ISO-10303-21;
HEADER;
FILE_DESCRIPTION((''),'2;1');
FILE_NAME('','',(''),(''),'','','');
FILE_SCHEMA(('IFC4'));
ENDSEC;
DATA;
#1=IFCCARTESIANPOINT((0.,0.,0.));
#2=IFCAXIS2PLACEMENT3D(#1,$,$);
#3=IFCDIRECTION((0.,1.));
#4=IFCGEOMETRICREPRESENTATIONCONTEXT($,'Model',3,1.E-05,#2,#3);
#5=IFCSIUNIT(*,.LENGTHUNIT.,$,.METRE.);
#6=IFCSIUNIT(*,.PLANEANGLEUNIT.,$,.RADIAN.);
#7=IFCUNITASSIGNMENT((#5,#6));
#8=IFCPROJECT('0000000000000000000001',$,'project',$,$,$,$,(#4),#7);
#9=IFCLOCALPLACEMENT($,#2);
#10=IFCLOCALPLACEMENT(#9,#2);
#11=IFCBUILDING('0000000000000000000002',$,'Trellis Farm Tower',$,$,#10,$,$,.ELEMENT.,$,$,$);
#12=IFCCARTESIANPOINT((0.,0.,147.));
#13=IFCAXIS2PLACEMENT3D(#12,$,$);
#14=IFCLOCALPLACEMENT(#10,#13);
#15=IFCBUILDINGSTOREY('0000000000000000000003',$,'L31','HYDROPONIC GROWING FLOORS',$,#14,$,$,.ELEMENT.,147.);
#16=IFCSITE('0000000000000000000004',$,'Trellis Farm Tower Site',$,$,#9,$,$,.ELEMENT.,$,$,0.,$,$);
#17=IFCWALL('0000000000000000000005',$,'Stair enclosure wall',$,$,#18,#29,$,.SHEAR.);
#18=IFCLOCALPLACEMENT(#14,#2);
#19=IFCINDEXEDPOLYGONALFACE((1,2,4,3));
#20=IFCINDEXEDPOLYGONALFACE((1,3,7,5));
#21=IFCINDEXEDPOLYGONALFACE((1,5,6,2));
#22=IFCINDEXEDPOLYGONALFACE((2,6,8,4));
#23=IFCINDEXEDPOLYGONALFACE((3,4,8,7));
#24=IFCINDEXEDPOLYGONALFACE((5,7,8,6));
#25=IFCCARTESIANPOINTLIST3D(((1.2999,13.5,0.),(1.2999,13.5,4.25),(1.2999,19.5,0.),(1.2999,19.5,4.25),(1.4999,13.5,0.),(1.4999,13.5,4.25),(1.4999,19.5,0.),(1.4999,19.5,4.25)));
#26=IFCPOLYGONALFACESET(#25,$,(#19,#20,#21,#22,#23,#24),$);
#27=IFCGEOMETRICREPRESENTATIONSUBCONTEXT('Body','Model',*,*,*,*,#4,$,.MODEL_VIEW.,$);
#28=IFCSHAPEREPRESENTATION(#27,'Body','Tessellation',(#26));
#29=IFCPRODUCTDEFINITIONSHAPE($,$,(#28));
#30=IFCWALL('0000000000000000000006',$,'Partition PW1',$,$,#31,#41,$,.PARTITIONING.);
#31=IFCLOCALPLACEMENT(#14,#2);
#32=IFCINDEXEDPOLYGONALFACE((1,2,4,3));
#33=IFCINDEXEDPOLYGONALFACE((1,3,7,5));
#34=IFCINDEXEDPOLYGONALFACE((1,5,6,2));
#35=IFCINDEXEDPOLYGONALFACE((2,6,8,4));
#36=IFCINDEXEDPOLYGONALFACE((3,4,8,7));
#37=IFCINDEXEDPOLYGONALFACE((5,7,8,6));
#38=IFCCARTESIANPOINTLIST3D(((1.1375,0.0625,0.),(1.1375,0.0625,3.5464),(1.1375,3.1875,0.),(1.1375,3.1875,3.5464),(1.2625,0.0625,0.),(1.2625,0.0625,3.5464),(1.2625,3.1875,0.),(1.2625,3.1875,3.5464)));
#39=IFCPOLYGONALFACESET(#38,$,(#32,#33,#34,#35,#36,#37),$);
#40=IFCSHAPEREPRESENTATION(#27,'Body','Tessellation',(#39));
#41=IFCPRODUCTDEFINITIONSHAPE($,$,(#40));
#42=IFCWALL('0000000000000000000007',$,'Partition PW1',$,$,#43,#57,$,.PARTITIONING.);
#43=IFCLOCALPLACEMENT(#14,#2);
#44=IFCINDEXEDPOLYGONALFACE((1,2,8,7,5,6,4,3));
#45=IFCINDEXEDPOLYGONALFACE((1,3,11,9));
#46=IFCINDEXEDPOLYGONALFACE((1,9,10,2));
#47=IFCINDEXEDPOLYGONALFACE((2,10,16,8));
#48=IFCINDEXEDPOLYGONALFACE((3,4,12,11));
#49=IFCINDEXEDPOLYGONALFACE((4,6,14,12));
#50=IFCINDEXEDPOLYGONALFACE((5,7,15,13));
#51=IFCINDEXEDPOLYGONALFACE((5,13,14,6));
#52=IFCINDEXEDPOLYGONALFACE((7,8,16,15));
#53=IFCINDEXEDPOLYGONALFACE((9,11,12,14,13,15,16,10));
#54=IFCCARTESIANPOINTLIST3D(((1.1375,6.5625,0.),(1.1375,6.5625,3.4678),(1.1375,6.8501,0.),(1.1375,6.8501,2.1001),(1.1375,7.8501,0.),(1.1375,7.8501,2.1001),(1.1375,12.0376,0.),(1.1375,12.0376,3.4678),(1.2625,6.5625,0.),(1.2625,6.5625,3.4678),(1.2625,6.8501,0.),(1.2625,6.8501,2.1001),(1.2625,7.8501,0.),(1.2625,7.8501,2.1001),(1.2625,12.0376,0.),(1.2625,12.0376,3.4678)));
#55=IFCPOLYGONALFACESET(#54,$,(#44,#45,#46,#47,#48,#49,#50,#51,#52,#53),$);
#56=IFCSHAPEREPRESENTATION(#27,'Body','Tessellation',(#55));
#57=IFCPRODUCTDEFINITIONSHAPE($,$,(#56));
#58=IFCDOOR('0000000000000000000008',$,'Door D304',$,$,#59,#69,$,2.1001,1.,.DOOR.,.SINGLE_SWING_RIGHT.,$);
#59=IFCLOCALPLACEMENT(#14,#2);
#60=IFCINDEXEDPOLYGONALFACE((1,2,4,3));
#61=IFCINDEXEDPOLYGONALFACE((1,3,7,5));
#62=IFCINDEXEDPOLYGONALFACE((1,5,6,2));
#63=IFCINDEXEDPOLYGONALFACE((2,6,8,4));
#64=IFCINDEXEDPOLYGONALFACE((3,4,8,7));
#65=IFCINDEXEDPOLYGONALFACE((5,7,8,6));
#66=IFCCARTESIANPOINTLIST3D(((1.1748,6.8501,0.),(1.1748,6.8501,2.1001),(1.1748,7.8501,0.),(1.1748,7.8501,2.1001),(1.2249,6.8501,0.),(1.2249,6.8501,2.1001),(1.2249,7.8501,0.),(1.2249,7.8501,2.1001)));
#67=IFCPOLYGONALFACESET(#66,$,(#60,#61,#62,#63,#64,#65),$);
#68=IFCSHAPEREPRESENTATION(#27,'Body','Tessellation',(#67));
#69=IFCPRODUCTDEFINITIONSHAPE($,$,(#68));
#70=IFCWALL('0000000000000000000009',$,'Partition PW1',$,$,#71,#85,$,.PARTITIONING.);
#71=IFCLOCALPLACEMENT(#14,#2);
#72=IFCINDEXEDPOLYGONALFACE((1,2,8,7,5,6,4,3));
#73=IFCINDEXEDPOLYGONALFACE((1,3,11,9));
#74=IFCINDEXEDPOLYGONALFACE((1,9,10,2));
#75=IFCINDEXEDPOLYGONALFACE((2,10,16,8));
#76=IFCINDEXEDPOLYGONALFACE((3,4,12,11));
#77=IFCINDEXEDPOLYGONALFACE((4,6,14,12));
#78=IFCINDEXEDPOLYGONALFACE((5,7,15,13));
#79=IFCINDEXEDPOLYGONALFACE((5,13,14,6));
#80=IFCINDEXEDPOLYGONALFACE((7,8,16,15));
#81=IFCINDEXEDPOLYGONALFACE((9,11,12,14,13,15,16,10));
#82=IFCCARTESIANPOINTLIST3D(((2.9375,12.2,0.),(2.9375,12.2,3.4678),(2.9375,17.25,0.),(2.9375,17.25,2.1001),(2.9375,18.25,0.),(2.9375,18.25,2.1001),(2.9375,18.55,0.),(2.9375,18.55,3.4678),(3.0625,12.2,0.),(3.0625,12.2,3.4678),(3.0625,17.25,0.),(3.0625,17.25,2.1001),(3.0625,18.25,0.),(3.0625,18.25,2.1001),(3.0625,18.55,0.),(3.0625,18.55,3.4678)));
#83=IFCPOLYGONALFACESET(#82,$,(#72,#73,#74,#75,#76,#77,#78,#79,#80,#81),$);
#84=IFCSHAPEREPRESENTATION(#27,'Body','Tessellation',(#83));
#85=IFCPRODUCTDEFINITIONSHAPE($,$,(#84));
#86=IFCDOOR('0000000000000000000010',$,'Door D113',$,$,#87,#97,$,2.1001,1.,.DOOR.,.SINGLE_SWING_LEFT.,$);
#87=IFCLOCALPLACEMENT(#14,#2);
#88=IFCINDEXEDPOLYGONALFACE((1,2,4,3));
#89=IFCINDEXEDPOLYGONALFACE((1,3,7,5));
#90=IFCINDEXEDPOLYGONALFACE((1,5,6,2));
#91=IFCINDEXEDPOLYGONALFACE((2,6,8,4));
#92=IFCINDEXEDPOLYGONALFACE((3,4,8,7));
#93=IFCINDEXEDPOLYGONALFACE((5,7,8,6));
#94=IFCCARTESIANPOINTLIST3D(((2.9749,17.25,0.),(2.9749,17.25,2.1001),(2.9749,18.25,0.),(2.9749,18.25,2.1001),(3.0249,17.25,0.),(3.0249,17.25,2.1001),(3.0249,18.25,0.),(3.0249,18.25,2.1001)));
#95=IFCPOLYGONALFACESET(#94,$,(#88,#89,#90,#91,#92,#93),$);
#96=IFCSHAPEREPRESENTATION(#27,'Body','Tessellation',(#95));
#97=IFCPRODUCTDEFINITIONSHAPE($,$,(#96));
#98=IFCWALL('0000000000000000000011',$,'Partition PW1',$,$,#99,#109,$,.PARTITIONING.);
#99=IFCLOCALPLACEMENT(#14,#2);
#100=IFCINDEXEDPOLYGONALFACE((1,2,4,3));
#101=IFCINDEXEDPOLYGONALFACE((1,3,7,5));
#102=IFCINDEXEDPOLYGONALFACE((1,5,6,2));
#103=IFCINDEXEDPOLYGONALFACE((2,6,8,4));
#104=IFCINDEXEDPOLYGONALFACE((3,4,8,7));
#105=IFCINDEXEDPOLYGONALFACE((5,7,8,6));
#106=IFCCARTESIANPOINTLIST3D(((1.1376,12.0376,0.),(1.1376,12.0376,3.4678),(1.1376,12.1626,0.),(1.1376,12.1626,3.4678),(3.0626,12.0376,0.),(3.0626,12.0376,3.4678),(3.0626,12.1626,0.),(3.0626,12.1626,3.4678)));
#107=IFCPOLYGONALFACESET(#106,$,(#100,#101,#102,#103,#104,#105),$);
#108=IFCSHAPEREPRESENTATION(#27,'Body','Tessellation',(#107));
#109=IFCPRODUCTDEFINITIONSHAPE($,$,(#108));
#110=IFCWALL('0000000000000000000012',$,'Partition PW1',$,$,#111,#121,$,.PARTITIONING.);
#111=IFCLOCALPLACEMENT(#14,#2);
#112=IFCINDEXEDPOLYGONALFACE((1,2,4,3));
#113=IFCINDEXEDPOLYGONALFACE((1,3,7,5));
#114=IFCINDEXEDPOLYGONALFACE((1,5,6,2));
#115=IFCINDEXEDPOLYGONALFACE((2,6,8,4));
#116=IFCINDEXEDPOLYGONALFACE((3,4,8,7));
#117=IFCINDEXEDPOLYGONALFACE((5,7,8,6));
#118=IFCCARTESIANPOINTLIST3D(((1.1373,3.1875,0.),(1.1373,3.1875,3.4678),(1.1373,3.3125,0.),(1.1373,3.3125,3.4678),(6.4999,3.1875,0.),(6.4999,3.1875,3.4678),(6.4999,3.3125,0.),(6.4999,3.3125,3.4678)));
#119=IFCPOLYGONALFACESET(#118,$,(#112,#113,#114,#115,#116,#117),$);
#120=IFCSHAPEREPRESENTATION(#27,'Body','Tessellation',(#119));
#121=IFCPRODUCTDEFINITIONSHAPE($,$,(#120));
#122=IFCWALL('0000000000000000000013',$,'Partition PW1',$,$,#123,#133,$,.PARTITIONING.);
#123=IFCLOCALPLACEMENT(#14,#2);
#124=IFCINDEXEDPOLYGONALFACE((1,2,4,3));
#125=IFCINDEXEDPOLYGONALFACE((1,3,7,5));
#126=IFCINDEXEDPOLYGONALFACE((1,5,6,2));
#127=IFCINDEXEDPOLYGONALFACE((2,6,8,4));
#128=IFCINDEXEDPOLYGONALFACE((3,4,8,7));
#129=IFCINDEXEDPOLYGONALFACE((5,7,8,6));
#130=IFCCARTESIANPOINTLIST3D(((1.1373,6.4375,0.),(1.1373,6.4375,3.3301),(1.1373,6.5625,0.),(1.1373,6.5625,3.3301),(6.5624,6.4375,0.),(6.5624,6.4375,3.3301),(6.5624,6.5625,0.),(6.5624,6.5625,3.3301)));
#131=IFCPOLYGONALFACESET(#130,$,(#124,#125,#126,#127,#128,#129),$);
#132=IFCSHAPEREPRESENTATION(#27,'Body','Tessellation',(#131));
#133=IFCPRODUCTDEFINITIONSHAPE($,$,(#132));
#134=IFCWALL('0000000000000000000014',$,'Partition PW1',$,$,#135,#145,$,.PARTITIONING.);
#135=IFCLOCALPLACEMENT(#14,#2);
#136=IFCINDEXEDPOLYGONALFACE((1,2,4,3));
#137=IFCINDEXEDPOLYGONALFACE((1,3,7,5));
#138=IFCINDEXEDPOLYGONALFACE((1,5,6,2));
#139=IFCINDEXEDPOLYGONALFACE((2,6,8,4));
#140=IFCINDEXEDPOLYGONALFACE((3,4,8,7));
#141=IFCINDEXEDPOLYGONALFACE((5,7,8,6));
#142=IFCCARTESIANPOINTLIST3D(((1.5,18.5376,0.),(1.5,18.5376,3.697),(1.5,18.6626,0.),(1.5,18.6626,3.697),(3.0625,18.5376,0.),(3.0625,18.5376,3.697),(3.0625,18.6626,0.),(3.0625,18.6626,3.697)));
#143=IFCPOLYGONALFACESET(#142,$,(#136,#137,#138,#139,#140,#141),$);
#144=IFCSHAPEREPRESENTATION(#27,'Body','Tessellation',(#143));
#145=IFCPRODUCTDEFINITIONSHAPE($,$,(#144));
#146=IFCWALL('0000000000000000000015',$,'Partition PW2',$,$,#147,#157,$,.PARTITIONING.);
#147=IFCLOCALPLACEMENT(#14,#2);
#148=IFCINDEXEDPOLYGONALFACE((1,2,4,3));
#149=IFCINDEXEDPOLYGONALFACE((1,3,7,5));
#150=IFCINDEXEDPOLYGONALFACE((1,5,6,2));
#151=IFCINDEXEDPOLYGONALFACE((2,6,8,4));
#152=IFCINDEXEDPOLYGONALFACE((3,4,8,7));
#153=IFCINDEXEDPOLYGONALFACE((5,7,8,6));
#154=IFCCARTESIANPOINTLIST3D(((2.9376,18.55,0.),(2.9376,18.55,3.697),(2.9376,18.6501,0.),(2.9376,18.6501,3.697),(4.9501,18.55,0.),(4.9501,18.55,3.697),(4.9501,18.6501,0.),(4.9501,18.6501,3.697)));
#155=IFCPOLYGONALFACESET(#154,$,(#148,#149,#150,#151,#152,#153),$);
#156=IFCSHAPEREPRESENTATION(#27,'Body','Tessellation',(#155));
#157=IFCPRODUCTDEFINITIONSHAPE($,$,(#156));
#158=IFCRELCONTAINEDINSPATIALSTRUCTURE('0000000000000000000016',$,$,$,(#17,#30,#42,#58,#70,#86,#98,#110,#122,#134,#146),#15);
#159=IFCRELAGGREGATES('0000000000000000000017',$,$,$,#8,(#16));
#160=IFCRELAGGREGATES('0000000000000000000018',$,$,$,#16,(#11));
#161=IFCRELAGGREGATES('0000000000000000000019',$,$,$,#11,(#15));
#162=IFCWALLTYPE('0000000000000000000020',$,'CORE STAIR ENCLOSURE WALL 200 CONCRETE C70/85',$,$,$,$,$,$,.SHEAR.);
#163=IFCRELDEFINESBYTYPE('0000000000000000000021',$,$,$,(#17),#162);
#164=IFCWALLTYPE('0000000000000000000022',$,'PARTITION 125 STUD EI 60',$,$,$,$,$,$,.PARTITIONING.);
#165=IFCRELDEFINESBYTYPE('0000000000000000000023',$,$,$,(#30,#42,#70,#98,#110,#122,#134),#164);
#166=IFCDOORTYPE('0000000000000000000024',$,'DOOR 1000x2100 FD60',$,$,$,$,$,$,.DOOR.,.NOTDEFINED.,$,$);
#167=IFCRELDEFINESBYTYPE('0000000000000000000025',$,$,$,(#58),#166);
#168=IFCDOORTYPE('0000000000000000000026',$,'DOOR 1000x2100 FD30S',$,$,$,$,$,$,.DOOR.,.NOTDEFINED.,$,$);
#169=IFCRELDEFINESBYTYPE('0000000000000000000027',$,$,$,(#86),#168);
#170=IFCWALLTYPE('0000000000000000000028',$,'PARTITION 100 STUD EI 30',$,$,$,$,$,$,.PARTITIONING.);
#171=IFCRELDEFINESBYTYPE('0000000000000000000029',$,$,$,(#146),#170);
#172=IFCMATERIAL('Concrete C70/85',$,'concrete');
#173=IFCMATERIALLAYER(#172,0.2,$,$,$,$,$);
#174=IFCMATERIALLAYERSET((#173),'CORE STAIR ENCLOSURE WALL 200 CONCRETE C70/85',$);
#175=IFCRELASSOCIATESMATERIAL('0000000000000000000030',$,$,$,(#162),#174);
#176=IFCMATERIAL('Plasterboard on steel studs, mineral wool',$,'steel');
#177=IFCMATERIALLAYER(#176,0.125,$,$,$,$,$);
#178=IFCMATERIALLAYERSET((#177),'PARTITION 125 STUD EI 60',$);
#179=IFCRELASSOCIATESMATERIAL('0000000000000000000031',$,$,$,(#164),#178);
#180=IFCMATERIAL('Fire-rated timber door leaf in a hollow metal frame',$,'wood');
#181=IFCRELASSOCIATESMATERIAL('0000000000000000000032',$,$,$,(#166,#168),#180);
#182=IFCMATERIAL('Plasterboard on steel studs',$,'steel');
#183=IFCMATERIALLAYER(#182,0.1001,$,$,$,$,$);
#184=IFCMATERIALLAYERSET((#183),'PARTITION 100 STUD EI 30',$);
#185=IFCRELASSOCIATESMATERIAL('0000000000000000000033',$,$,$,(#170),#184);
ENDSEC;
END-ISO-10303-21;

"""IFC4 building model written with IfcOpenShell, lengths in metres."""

from ifc_helpers import new_model, si_unit, direction, frame, frame_2d, origin, place, context, subcontext, project, spatial, rectangle, extrude, source, transform, mapped, material, layer, layer_set, type_object, element, fill, save


model = new_model("IFC4")

# Units and contexts
model_context = context("Model", 3, precision=1e-05, world=origin(), true_north=direction((0.0, 1.0)))
body_context = subcontext(model_context, "Body", "Model", "MODEL_VIEW")
ifc_project = project(units=[si_unit("LENGTHUNIT", "METRE"), si_unit("PLANEANGLEUNIT", "RADIAN")], contexts=[model_context])

# Site, building, storey
site_placement = place(None, origin())
site = spatial("IfcSite", under=ifc_project, at=site_placement, Name="Trellis Farm Tower Site", CompositionType="ELEMENT", RefElevation=0.0)
building_placement = place(site_placement, origin())
building = spatial("IfcBuilding", under=site, at=building_placement, Name="Trellis Farm Tower", CompositionType="ELEMENT")
storey_placement = place(building_placement, frame((0.0, 0.0, 147.0)))
storey = spatial("IfcBuildingStorey", under=building, at=storey_placement, Name="L31", Description="HYDROPONIC GROWING FLOORS", CompositionType="ELEMENT", Elevation=147.0)

# Walls
ifc_material_1 = material(Name="Concrete C70/85", Category="concrete")
ifc_layer_1 = layer(ifc_material_1, 0.2)
ifc_layer_set_1 = layer_set([ifc_layer_1], Name="CORE STAIR ENCLOSURE WALL 200 CONCRETE C70/85")
wall_type_1 = type_object("IfcWallType", Name="CORE STAIR ENCLOSURE WALL 200 CONCRETE C70/85", PredefinedType="SHEAR", material=ifc_layer_set_1)
shared_shape_1 = source(origin(), body_context, "Body", "SweptSolid", [
    extrude(rectangle(XDim=6.0, YDim=0.2, at=frame_2d((3.0, 0.0))), origin(), (0.0, 0.0, 1.0), 4.25),
])
wall_1_placement = place(storey_placement, frame((1.3999, 13.5, 0.0), z_axis=(0.0, 0.0, 1.0), x_axis=(0.0, 1.0, 0.0)))
element("IfcWall", 1, at=wall_1_placement, inside=storey, type_object=wall_type_1, Name="Stair enclosure wall", PredefinedType="SHEAR", context=body_context, shape_type="MappedRepresentation", body=[
    mapped(shared_shape_1, transform((0.0, 0.0, 0.0))),
])
ifc_material_2 = material(Name="Plasterboard on steel studs, mineral wool", Category="steel")
ifc_layer_2 = layer(ifc_material_2, 0.125)
ifc_layer_set_2 = layer_set([ifc_layer_2], Name="PARTITION 125 STUD EI 60")
wall_type_2 = type_object("IfcWallType", Name="PARTITION 125 STUD EI 60", PredefinedType="PARTITIONING", material=ifc_layer_set_2)
shared_shape_2 = source(origin(), body_context, "Body", "SweptSolid", [
    extrude(rectangle(XDim=3.125, YDim=0.125, at=frame_2d((1.5625, 0.0))), origin(), (0.0, 0.0, 1.0), 3.5464),
])
wall_2_placement = place(storey_placement, frame((1.2, 3.1875, 0.0), z_axis=(0.0, 0.0, 1.0), x_axis=(0.0, -1.0, 0.0)))
element("IfcWall", 2, at=wall_2_placement, inside=storey, type_object=wall_type_2, Name="Partition PW1", PredefinedType="PARTITIONING", context=body_context, shape_type="MappedRepresentation", body=[
    mapped(shared_shape_2, transform((0.0, 0.0, 0.0))),
])

# Walls, openings, doors
shared_shape_3 = source(origin(), body_context, "Body", "SweptSolid", [
    extrude(rectangle(XDim=5.4751, YDim=0.125, at=frame_2d((2.7375, 0.0))), origin(), (0.0, 0.0, 1.0), 3.4678),
])
wall_3_placement = place(storey_placement, frame((1.2, 12.0376, 0.0), z_axis=(0.0, 0.0, 1.0), x_axis=(0.0, -1.0, 0.0)))
wall_3 = element("IfcWall", 3, at=wall_3_placement, inside=storey, type_object=wall_type_2, Name="Partition PW1", PredefinedType="PARTITIONING", context=body_context, shape_type="MappedRepresentation", body=[
    mapped(shared_shape_3, transform((0.0, 0.0, 0.0))),
])
shared_shape_4 = source(origin(), body_context, "Body", "SweptSolid", [
    extrude(rectangle(XDim=1.0, YDim=2.1001, at=frame_2d((0.5, 1.05))), frame((0.0, 0.0725, 0.0), z_axis=(0.0, -1.0, 0.0), x_axis=(1.0, 0.0, 0.0)), (0.0, 0.0, 1.0), 0.145),
])
opening_1_placement = place(wall_3_placement, frame((4.1875, 0.0, 0.0)))
opening_1 = element("IfcOpeningElement", 4, at=opening_1_placement, cuts=wall_3, PredefinedType="OPENING", context=body_context, shape_type="MappedRepresentation", body=[
    mapped(shared_shape_4, transform((0.0, 0.0, 0.0))),
])
ifc_material_3 = material(Name="Fire-rated timber door leaf in a hollow metal frame", Category="wood")
door_type_1 = type_object("IfcDoorType", Name="DOOR 1000x2100 FD60", OperationType="NOTDEFINED", PredefinedType="DOOR", material=ifc_material_3)
shared_shape_5 = source(origin(), body_context, "Body", "SweptSolid", [
    extrude(rectangle(XDim=1.0, YDim=2.1001, at=frame_2d((0.5, 1.05))), frame((0.0, 0.0249, 0.0), z_axis=(0.0, -1.0, 0.0), x_axis=(1.0, 0.0, 0.0)), (0.0, 0.0, 1.0), 0.05),
])
door_1_placement = place(opening_1_placement, origin())
door_1 = element("IfcDoor", 5, at=door_1_placement, inside=storey, type_object=door_type_1, Name="Door D304", OperationType="SINGLE_SWING_RIGHT", OverallHeight=2.1001, OverallWidth=1.0, PredefinedType="DOOR", context=body_context, shape_type="MappedRepresentation", body=[
    mapped(shared_shape_5, transform((0.0, 0.0, 0.0))),
])
fill(opening_1, door_1)
shared_shape_6 = source(origin(), body_context, "Body", "SweptSolid", [
    extrude(rectangle(XDim=6.3501, YDim=0.125, at=frame_2d((3.175, 0.0))), origin(), (0.0, 0.0, 1.0), 3.4678),
])
wall_4_placement = place(storey_placement, frame((3.0, 18.55, 0.0), z_axis=(0.0, 0.0, 1.0), x_axis=(0.0, -1.0, 0.0)))
wall_4 = element("IfcWall", 6, at=wall_4_placement, inside=storey, type_object=wall_type_2, Name="Partition PW1", PredefinedType="PARTITIONING", context=body_context, shape_type="MappedRepresentation", body=[
    mapped(shared_shape_6, transform((0.0, 0.0, 0.0))),
])
opening_2_placement = place(wall_4_placement, frame((0.3, 0.0, 0.0)))
opening_2 = element("IfcOpeningElement", 7, at=opening_2_placement, cuts=wall_4, PredefinedType="OPENING", context=body_context, shape_type="MappedRepresentation", body=[
    mapped(shared_shape_4, transform((0.0, 0.0, 0.0))),
])
door_type_2 = type_object("IfcDoorType", Name="DOOR 1000x2100 FD30S", OperationType="NOTDEFINED", PredefinedType="DOOR", material=ifc_material_3)
door_2_placement = place(opening_2_placement, origin())
door_2 = element("IfcDoor", 8, at=door_2_placement, inside=storey, type_object=door_type_2, Name="Door D113", OperationType="SINGLE_SWING_LEFT", OverallHeight=2.1001, OverallWidth=1.0, PredefinedType="DOOR", context=body_context, shape_type="MappedRepresentation", body=[
    mapped(shared_shape_5, transform((0.0, 0.0, 0.0))),
])
fill(opening_2, door_2)

# Walls
shared_shape_7 = source(origin(), body_context, "Body", "SweptSolid", [
    extrude(rectangle(XDim=1.925, YDim=0.125, at=frame_2d((0.9624, 0.0))), origin(), (0.0, 0.0, 1.0), 3.4678),
])
wall_5_placement = place(storey_placement, frame((3.0625, 12.1001, 0.0), z_axis=(0.0, 0.0, 1.0), x_axis=(-1.0, 0.0, 0.0)))
element("IfcWall", 9, at=wall_5_placement, inside=storey, type_object=wall_type_2, Name="Partition PW1", PredefinedType="PARTITIONING", context=body_context, shape_type="MappedRepresentation", body=[
    mapped(shared_shape_7, transform((0.0, 0.0, 0.0))),
])
shared_shape_8 = source(origin(), body_context, "Body", "SweptSolid", [
    extrude(rectangle(XDim=5.3625, YDim=0.125, at=frame_2d((2.6812, 0.0))), origin(), (0.0, 0.0, 1.0), 3.4678),
])
wall_6_placement = place(storey_placement, frame((1.1375, 3.25, 0.0), z_axis=(0.0, 0.0, 1.0), x_axis=(1.0, 0.0, 0.0)))
element("IfcWall", 10, at=wall_6_placement, inside=storey, type_object=wall_type_2, Name="Partition PW1", PredefinedType="PARTITIONING", context=body_context, shape_type="MappedRepresentation", body=[
    mapped(shared_shape_8, transform((0.0, 0.0, 0.0))),
])
shared_shape_9 = source(origin(), body_context, "Body", "SweptSolid", [
    extrude(rectangle(XDim=5.425, YDim=0.125, at=frame_2d((2.7124, 0.0))), origin(), (0.0, 0.0, 1.0), 3.3301),
])
wall_7_placement = place(storey_placement, frame((1.1375, 6.5, 0.0), z_axis=(0.0, 0.0, 1.0), x_axis=(1.0, 0.0, 0.0)))
element("IfcWall", 11, at=wall_7_placement, inside=storey, type_object=wall_type_2, Name="Partition PW1", PredefinedType="PARTITIONING", context=body_context, shape_type="MappedRepresentation", body=[
    mapped(shared_shape_9, transform((0.0, 0.0, 0.0))),
])
shared_shape_10 = source(origin(), body_context, "Body", "SweptSolid", [
    extrude(rectangle(XDim=1.5625, YDim=0.125, at=frame_2d((0.7812, 0.0))), origin(), (0.0, 0.0, 1.0), 3.697),
])
wall_8_placement = place(storey_placement, frame((1.5, 18.6001, 0.0), z_axis=(0.0, 0.0, 1.0), x_axis=(1.0, 0.0, 0.0)))
element("IfcWall", 12, at=wall_8_placement, inside=storey, type_object=wall_type_2, Name="Partition PW1", PredefinedType="PARTITIONING", context=body_context, shape_type="MappedRepresentation", body=[
    mapped(shared_shape_10, transform((0.0, 0.0, 0.0))),
])
ifc_material_4 = material(Name="Plasterboard on steel studs", Category="steel")
ifc_layer_3 = layer(ifc_material_4, 0.1001)
ifc_layer_set_3 = layer_set([ifc_layer_3], Name="PARTITION 100 STUD EI 30")
wall_type_3 = type_object("IfcWallType", Name="PARTITION 100 STUD EI 30", PredefinedType="PARTITIONING", material=ifc_layer_set_3)
shared_shape_11 = source(origin(), body_context, "Body", "SweptSolid", [
    extrude(rectangle(XDim=2.0125, YDim=0.1001, at=frame_2d((1.0063, 0.0))), origin(), (0.0, 0.0, 1.0), 3.697),
])
wall_9_placement = place(storey_placement, frame((2.9375, 18.6001, 0.0), z_axis=(0.0, 0.0, 1.0), x_axis=(1.0, 0.0, 0.0)))
element("IfcWall", 13, at=wall_9_placement, inside=storey, type_object=wall_type_3, Name="Partition PW2", PredefinedType="PARTITIONING", context=body_context, shape_type="MappedRepresentation", body=[
    mapped(shared_shape_11, transform((0.0, 0.0, 0.0))),
])

save(model, "model.ifc")
